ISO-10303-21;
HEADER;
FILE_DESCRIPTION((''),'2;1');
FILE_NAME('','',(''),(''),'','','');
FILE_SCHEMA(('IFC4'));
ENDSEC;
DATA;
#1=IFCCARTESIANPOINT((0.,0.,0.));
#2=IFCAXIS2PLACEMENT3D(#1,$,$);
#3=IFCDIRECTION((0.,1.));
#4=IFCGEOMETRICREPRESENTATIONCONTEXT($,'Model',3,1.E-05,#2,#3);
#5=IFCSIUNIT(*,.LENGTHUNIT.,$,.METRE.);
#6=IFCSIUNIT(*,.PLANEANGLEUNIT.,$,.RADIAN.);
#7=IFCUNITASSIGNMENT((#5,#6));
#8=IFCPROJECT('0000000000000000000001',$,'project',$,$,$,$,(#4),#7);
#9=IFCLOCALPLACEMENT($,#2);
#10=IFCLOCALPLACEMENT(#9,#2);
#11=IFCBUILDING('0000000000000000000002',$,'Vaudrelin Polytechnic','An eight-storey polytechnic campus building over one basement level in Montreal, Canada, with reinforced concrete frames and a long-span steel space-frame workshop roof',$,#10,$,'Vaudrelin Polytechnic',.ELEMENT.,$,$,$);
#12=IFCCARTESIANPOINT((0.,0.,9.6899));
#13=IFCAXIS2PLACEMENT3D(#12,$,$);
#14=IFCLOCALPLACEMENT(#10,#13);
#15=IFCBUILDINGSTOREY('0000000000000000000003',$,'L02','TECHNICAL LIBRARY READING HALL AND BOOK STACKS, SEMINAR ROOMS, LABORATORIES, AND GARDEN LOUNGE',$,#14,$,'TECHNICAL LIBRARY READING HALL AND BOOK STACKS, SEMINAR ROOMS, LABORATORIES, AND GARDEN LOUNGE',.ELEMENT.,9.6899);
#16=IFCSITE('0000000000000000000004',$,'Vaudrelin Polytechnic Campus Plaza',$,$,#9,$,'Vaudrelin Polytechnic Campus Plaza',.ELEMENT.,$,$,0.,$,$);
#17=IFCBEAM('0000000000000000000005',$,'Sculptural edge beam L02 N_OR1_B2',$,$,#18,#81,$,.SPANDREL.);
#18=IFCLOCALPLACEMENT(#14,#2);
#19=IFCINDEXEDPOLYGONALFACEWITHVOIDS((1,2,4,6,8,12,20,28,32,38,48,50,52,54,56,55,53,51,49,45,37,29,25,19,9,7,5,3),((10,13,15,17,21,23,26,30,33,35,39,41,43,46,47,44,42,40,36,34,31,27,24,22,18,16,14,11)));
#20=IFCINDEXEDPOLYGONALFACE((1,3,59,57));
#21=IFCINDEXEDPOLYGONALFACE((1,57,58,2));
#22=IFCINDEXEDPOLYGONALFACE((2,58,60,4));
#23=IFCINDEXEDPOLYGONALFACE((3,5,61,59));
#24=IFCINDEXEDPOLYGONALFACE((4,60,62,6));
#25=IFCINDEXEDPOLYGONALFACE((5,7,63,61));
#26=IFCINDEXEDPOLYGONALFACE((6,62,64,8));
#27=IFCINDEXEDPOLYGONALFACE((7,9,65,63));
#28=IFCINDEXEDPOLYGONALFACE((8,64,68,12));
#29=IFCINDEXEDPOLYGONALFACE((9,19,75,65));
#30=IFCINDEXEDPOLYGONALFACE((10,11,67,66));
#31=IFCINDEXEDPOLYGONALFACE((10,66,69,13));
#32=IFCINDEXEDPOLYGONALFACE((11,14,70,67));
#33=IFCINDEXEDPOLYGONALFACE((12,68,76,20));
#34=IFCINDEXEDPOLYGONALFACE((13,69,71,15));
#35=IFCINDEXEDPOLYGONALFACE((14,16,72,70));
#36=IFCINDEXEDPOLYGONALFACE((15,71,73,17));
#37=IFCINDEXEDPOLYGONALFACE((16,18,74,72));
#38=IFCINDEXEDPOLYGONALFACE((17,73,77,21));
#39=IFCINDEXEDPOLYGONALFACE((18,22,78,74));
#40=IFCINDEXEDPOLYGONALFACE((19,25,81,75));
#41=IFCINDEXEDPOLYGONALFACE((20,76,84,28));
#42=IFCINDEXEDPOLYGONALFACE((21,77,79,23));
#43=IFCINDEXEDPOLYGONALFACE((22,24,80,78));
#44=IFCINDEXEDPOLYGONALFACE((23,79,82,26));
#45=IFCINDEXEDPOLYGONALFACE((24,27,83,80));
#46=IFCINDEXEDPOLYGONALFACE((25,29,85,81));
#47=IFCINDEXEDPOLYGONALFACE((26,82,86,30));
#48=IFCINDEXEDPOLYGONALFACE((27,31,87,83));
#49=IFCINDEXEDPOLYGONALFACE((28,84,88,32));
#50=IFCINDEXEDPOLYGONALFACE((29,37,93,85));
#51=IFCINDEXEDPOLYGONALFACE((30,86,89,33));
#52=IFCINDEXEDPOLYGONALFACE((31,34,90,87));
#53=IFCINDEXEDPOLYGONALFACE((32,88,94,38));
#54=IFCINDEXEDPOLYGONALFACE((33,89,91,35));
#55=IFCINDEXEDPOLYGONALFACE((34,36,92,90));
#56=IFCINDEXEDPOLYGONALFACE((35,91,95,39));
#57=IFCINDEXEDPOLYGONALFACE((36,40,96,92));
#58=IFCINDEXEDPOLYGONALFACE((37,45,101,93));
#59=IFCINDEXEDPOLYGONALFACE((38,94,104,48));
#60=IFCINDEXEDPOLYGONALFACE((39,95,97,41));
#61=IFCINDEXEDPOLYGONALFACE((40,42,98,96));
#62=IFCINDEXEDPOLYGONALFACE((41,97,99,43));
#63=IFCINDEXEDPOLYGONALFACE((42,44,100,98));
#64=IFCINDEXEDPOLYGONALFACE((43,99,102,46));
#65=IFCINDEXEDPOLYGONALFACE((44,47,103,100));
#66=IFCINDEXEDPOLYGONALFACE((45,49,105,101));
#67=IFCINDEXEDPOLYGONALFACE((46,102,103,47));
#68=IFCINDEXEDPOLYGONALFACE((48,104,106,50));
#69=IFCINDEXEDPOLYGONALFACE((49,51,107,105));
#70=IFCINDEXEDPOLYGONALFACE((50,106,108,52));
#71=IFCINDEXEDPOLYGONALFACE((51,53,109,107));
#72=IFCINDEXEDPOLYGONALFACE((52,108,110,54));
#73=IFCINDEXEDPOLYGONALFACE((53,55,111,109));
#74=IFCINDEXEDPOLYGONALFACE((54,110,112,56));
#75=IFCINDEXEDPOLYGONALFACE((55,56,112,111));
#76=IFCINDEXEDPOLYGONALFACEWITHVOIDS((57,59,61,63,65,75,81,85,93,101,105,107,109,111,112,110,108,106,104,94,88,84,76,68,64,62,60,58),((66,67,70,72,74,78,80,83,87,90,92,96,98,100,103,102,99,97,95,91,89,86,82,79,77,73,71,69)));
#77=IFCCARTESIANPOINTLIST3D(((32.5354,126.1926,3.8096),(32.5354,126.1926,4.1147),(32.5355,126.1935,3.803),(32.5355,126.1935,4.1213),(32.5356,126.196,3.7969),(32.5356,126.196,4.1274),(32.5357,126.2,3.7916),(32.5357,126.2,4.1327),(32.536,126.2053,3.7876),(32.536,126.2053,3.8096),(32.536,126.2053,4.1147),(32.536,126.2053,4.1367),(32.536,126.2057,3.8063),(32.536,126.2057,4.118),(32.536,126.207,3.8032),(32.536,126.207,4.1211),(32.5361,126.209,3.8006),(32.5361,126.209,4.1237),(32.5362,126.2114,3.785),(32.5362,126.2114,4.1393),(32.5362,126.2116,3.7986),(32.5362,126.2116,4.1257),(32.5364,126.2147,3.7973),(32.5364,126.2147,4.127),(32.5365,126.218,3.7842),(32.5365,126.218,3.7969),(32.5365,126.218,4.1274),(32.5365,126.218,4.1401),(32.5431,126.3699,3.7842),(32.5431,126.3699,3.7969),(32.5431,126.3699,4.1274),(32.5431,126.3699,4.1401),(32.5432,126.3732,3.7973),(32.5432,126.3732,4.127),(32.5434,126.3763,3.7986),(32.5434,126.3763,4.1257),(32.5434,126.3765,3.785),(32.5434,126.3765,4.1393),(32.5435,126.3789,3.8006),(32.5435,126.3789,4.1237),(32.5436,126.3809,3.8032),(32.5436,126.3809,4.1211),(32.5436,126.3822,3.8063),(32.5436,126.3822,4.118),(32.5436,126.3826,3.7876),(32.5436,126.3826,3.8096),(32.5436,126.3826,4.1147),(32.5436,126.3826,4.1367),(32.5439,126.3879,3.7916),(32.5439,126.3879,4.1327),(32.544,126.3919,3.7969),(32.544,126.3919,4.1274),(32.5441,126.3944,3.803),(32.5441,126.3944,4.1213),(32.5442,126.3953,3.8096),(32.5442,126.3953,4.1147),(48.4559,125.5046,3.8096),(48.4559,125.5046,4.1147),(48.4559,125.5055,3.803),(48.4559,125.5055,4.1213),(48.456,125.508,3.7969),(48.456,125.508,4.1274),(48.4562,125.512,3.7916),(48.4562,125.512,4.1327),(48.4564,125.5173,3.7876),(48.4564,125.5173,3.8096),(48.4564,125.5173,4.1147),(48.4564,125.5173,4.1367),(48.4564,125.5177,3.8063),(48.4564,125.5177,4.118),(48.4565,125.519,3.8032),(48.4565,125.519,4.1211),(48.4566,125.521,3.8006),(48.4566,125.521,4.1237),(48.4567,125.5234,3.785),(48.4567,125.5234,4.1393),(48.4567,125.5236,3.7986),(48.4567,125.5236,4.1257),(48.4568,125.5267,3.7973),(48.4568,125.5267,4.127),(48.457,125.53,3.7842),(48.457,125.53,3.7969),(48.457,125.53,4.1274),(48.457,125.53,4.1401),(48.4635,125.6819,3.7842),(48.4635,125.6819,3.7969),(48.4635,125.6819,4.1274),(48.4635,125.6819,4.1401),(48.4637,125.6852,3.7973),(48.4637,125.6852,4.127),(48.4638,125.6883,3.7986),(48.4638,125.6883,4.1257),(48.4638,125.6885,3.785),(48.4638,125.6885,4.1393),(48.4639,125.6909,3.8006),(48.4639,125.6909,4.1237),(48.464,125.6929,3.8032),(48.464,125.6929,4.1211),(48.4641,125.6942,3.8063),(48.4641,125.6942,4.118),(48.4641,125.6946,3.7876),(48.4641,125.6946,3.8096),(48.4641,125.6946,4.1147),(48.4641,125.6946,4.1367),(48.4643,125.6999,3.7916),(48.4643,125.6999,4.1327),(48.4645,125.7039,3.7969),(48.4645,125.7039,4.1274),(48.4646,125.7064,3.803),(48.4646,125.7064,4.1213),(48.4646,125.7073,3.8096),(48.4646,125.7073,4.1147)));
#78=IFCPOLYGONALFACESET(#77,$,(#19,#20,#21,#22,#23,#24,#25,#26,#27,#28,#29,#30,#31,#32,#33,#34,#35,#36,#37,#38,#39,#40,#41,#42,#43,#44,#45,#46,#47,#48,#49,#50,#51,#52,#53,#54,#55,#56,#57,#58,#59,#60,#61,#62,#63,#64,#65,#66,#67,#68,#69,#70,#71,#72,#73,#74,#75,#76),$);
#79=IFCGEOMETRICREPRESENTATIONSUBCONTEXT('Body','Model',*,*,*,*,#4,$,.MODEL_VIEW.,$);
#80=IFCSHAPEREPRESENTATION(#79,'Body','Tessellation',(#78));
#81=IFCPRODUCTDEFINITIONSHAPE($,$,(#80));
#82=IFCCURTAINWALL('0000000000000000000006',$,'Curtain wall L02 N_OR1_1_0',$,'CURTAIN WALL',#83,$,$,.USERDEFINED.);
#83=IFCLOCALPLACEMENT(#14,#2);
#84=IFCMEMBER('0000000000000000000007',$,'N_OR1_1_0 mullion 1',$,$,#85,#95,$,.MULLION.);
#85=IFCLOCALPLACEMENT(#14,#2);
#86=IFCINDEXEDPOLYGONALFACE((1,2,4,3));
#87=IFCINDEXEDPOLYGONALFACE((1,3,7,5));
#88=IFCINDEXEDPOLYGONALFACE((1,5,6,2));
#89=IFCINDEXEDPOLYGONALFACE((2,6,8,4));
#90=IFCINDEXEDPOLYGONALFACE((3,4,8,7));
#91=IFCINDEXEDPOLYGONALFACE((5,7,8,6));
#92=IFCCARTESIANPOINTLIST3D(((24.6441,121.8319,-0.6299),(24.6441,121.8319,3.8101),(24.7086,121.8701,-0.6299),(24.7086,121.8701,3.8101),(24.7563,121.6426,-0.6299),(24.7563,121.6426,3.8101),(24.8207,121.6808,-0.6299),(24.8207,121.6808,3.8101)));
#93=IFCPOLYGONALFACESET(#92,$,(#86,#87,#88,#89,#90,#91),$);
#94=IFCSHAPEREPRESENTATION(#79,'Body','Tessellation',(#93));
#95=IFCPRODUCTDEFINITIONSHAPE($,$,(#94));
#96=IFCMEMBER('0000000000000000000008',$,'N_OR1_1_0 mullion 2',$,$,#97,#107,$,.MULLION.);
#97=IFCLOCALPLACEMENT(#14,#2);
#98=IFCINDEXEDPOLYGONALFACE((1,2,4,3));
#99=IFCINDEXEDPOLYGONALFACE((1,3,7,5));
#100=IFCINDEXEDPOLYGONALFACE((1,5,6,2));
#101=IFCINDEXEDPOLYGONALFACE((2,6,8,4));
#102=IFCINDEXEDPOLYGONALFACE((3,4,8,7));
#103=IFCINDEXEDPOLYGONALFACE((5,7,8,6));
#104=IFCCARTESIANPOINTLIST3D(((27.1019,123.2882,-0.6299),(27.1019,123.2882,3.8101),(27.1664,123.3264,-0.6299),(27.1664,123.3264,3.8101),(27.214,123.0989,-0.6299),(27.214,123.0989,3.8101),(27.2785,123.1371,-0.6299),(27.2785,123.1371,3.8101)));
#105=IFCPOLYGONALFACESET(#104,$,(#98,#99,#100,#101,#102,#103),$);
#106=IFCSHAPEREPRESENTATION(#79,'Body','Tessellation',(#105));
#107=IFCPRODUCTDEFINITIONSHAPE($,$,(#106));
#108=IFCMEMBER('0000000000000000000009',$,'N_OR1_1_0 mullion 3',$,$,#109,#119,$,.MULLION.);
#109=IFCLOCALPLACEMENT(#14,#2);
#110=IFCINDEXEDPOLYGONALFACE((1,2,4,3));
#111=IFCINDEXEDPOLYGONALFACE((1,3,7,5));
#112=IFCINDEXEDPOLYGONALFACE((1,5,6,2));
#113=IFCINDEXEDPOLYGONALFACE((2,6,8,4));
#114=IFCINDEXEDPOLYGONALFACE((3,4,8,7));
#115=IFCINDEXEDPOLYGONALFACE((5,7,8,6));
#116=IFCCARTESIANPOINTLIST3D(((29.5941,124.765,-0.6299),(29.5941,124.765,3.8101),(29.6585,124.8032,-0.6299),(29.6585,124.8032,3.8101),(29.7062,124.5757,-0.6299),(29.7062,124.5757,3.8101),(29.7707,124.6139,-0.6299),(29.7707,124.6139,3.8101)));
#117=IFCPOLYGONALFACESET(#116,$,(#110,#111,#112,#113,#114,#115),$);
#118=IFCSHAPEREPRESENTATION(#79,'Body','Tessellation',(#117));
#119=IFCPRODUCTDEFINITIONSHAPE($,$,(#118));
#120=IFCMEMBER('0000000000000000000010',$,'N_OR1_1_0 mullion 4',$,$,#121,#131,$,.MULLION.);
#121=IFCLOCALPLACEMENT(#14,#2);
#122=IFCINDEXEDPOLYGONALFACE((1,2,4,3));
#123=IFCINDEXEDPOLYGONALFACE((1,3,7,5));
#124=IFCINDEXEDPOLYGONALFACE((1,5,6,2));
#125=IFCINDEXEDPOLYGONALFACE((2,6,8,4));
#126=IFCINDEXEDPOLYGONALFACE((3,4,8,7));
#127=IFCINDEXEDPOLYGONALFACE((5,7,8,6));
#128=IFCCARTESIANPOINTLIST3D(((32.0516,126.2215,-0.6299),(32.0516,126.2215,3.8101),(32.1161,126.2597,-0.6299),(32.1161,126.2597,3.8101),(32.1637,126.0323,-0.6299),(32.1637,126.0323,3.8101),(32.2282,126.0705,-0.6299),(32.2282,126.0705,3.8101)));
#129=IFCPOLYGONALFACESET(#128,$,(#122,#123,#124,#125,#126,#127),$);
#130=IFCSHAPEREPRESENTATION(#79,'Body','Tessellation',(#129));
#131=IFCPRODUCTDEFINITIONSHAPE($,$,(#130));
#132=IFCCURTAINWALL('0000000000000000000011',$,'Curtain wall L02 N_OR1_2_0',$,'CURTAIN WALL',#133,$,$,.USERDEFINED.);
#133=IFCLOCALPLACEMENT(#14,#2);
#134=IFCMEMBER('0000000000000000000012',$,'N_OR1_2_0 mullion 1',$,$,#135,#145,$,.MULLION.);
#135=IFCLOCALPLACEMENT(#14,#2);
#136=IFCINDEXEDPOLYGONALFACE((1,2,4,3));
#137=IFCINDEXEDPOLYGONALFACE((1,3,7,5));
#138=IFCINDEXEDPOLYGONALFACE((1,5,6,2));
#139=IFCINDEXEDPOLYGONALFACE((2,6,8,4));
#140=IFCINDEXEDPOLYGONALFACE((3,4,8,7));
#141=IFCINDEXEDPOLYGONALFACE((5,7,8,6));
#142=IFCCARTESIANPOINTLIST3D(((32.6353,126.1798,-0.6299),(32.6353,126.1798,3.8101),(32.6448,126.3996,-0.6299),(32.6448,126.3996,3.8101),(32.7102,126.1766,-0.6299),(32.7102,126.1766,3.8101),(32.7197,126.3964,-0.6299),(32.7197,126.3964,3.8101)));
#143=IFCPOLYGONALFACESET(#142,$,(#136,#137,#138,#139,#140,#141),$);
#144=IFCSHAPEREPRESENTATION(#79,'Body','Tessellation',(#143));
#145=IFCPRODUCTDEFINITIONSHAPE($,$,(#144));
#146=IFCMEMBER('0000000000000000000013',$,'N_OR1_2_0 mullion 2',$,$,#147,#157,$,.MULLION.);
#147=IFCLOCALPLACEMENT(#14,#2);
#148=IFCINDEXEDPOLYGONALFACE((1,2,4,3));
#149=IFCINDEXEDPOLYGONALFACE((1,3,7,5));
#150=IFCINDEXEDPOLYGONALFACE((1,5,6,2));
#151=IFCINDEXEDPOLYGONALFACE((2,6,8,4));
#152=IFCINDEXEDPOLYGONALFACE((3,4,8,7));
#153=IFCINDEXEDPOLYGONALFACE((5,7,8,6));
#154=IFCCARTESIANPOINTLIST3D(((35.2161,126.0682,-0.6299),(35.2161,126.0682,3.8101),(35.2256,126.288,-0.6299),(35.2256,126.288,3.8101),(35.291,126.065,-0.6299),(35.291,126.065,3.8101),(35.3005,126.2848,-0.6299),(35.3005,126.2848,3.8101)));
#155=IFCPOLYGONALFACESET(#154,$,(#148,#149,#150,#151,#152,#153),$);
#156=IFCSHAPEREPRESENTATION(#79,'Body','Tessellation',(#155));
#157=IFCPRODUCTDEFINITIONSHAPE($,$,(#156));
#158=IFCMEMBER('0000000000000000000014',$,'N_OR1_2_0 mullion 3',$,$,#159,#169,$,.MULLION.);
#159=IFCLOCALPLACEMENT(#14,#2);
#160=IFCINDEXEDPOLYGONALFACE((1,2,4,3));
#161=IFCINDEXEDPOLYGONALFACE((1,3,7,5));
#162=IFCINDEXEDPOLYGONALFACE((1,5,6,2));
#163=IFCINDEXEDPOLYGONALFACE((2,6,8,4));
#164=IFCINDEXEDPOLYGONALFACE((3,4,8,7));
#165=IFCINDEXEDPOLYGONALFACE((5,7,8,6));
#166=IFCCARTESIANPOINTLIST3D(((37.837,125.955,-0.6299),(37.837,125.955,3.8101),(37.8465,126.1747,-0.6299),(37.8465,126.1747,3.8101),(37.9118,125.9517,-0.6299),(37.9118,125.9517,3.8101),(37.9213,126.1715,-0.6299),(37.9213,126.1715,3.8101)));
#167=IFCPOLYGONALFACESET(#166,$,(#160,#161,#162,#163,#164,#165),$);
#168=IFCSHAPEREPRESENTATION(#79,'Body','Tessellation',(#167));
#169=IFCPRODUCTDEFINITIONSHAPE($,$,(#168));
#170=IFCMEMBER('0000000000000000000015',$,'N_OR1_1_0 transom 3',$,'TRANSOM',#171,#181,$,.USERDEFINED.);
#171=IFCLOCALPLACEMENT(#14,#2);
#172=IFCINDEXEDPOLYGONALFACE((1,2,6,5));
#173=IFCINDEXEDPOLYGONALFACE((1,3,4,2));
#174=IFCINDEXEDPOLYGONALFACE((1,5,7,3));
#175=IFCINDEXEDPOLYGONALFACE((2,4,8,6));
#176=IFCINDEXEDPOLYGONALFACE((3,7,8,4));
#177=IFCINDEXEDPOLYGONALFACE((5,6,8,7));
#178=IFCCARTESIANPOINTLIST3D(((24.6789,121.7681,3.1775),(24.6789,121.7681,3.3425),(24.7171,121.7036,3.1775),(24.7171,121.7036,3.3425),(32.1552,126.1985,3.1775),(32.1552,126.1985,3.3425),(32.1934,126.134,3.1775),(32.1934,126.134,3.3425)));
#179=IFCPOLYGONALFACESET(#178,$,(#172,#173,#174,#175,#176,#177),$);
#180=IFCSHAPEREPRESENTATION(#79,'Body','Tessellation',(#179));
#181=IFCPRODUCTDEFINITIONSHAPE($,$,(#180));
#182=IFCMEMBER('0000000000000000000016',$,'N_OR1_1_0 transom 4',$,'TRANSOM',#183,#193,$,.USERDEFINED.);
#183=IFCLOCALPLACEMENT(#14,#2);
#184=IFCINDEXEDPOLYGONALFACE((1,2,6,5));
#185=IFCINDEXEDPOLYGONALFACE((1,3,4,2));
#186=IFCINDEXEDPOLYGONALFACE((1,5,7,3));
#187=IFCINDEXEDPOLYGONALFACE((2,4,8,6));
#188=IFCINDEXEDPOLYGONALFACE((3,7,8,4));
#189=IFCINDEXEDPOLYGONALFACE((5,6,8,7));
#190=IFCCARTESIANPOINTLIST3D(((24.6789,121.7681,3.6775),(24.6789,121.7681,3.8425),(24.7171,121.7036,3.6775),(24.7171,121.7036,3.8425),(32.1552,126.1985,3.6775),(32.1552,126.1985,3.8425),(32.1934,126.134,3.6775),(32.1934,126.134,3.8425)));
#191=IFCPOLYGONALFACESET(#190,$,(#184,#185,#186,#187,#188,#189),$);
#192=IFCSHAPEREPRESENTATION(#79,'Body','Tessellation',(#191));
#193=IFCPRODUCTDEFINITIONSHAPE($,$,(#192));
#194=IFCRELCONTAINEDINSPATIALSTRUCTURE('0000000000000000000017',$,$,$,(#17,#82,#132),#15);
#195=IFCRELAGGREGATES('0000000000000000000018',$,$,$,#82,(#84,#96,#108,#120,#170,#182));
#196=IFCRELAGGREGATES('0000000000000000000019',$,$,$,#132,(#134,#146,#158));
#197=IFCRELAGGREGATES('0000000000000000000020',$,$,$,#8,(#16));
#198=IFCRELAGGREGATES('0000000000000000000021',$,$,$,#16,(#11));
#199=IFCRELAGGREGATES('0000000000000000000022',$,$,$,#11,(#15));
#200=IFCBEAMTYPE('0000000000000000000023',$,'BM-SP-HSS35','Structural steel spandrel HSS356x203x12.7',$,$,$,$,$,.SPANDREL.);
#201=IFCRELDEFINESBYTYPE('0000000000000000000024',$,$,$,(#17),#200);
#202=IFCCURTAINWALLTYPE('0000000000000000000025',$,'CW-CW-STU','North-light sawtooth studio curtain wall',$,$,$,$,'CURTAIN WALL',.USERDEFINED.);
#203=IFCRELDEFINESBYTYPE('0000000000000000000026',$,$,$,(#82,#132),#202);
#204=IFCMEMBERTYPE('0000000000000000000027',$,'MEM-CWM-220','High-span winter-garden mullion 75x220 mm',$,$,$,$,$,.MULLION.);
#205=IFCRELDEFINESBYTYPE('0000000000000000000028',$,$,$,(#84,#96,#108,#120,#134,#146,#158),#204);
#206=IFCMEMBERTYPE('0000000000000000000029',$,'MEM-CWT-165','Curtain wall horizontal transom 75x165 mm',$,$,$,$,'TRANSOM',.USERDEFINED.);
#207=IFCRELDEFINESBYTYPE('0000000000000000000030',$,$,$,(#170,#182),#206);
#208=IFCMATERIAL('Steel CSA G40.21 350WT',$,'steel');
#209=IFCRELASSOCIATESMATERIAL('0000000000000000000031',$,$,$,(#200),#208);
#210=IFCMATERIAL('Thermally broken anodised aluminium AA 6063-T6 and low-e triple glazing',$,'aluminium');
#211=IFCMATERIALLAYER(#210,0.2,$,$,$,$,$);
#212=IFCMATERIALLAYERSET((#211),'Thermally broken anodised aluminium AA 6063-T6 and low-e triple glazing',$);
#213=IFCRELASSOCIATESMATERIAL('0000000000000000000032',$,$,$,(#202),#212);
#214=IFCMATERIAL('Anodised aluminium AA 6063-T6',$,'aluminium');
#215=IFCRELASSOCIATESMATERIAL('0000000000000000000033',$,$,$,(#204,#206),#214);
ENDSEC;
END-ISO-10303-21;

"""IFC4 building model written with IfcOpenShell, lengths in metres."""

from ifc_helpers import new_model, si_unit, direction, frame, origin, origin_2d, place, context, subcontext, project, spatial, rectangle, hollow_rectangle, extrude, material, layer, layer_set, material_profile, profile_set, type_object, element, aggregate, save


model = new_model("IFC4")

# Units and contexts
model_context = context("Model", 3, precision=1e-05, world=origin(), true_north=direction((0.0, 1.0)))
body_context = subcontext(model_context, "Body", "Model", "MODEL_VIEW")
ifc_project = project(units=[si_unit("LENGTHUNIT", "METRE"), si_unit("PLANEANGLEUNIT", "RADIAN")], contexts=[model_context])

# Site, building, storey
site_placement = place(None, origin())
site = spatial("IfcSite", under=ifc_project, at=site_placement, Name="Vaudrelin Polytechnic Campus Plaza", LongName="Vaudrelin Polytechnic Campus Plaza", CompositionType="ELEMENT", RefElevation=0.0)
building_placement = place(site_placement, origin())
building = spatial("IfcBuilding", under=site, at=building_placement, Name="Vaudrelin Polytechnic", Description="An eight-storey polytechnic campus building over one basement level in Montreal, Canada, with reinforced concrete frames and a long-span steel space-frame workshop roof", LongName="Vaudrelin Polytechnic", CompositionType="ELEMENT")
storey_placement = place(building_placement, frame((0.0, 0.0, 9.6899)))
storey = spatial("IfcBuildingStorey", under=building, at=storey_placement, Name="L02", Description="TECHNICAL LIBRARY READING HALL AND BOOK STACKS, SEMINAR ROOMS, LABORATORIES, AND GARDEN LOUNGE", LongName="TECHNICAL LIBRARY READING HALL AND BOOK STACKS, SEMINAR ROOMS, LABORATORIES, AND GARDEN LOUNGE", CompositionType="ELEMENT", Elevation=9.6899)

# Shared definitions
ifc_material_1 = material(Name="Steel CSA G40.21 350WT", Category="steel")

# Beam
ifc_material_profile_1 = material_profile(ifc_material_1, hollow_rectangle(XDim=0.2029, YDim=0.356, WallThickness=0.0127, InnerFilletRadius=0.0127, OuterFilletRadius=0.0254, at=origin_2d()), Name="HSS356x203x12.7")
ifc_profile_set_1 = profile_set([ifc_material_profile_1], Name="Steel CSA G40.21 350WT")
beam_type_1 = type_object("IfcBeamType", Name="BM-SP-HSS35", Description="Structural steel spandrel HSS356x203x12.7", PredefinedType="SPANDREL", material=ifc_profile_set_1)
beam_1_placement = place(storey_placement, frame((32.5398, 126.2939, 3.9622), z_axis=(0.999068, -0.043174, 0.0), x_axis=(0.043174, 0.999068, 0.0)))
element("IfcBeam", 1, at=beam_1_placement, inside=storey, type_object=beam_type_1, Name="Sculptural edge beam L02 N_OR1_B2", PredefinedType="SPANDREL", context=body_context, shape_type="SweptSolid", body=[
    extrude(hollow_rectangle(XDim=0.2029, YDim=0.356, WallThickness=0.0127, InnerFilletRadius=0.0127, OuterFilletRadius=0.0254, at=origin_2d()), origin(), (0.0, 0.0, 1.0), 15.9353),
])

# Curtain walls, members
ifc_material_2 = material(Name="Thermally broken anodised aluminium AA 6063-T6 and low-e triple glazing", Category="aluminium")
ifc_layer_1 = layer(ifc_material_2, 0.2)
ifc_layer_set_1 = layer_set([ifc_layer_1], Name="Thermally broken anodised aluminium AA 6063-T6 and low-e triple glazing")
curtain_wall_type = type_object("IfcCurtainWallType", Name="CW-CW-STU", Description="North-light sawtooth studio curtain wall", ElementType="CURTAIN WALL", PredefinedType="USERDEFINED", material=ifc_layer_set_1)
curtain_wall_1_placement = place(storey_placement, origin())
curtain_wall_1 = element("IfcCurtainWall", 2, at=curtain_wall_1_placement, inside=storey, type_object=curtain_wall_type, Name="Curtain wall L02 N_OR1_1_0", ObjectType="CURTAIN WALL", PredefinedType="USERDEFINED")
ifc_material_3 = material(Name="Anodised aluminium AA 6063-T6", Category="aluminium")
ifc_material_profile_2 = material_profile(ifc_material_3, rectangle(XDim=0.075, YDim=0.22, at=origin_2d()), Name="CWM-75x220")
ifc_profile_set_2 = profile_set([ifc_material_profile_2], Name="Anodised aluminium AA 6063-T6")
member_type_1 = type_object("IfcMemberType", Name="MEM-CWM-220", Description="High-span winter-garden mullion 75x220 mm", PredefinedType="MULLION", material=ifc_profile_set_2)
member_1_placement = place(storey_placement, frame((24.7324, 121.7563, -0.6299), z_axis=(0.0, 0.0, 1.0), x_axis=(0.860292, 0.509802, 0.0)))
member_1 = element("IfcMember", 3, at=member_1_placement, type_object=member_type_1, Name="N_OR1_1_0 mullion 1", PredefinedType="MULLION", context=body_context, shape_type="SweptSolid", body=[
    extrude(rectangle(XDim=0.075, YDim=0.22, at=origin_2d()), origin(), (0.0, 0.0, 1.0), 4.4399),
])
member_2_placement = place(storey_placement, frame((27.1902, 123.2126, -0.6299), z_axis=(0.0, 0.0, 1.0), x_axis=(0.860292, 0.509802, 0.0)))
member_2 = element("IfcMember", 4, at=member_2_placement, type_object=member_type_1, Name="N_OR1_1_0 mullion 2", PredefinedType="MULLION", context=body_context, shape_type="SweptSolid", body=[
    extrude(rectangle(XDim=0.075, YDim=0.22, at=origin_2d()), origin(), (0.0, 0.0, 1.0), 4.4399),
])
member_3_placement = place(storey_placement, frame((29.6824, 124.6895, -0.6299), z_axis=(0.0, 0.0, 1.0), x_axis=(0.860292, 0.509802, 0.0)))
member_3 = element("IfcMember", 5, at=member_3_placement, type_object=member_type_1, Name="N_OR1_1_0 mullion 3", PredefinedType="MULLION", context=body_context, shape_type="SweptSolid", body=[
    extrude(rectangle(XDim=0.075, YDim=0.22, at=origin_2d()), origin(), (0.0, 0.0, 1.0), 4.4399),
])
member_4_placement = place(storey_placement, frame((32.1399, 126.146, -0.6299), z_axis=(0.0, 0.0, 1.0), x_axis=(0.860292, 0.509802, 0.0)))
member_4 = element("IfcMember", 6, at=member_4_placement, type_object=member_type_1, Name="N_OR1_1_0 mullion 4", PredefinedType="MULLION", context=body_context, shape_type="SweptSolid", body=[
    extrude(rectangle(XDim=0.075, YDim=0.22, at=origin_2d()), origin(), (0.0, 0.0, 1.0), 4.4399),
])
curtain_wall_2_placement = place(storey_placement, origin())
curtain_wall_2 = element("IfcCurtainWall", 7, at=curtain_wall_2_placement, inside=storey, type_object=curtain_wall_type, Name="Curtain wall L02 N_OR1_2_0", ObjectType="CURTAIN WALL", PredefinedType="USERDEFINED")
member_5_placement = place(storey_placement, frame((32.6775, 126.2881, -0.6299), z_axis=(0.0, 0.0, 1.0), x_axis=(0.999068, -0.043164, 0.0)))
member_5 = element("IfcMember", 8, at=member_5_placement, type_object=member_type_1, Name="N_OR1_2_0 mullion 1", PredefinedType="MULLION", context=body_context, shape_type="SweptSolid", body=[
    extrude(rectangle(XDim=0.075, YDim=0.22, at=origin_2d()), origin(), (0.0, 0.0, 1.0), 4.4399),
])
member_6_placement = place(storey_placement, frame((35.2583, 126.1765, -0.6299), z_axis=(0.0, 0.0, 1.0), x_axis=(0.999068, -0.043164, 0.0)))
member_6 = element("IfcMember", 9, at=member_6_placement, type_object=member_type_1, Name="N_OR1_2_0 mullion 2", PredefinedType="MULLION", context=body_context, shape_type="SweptSolid", body=[
    extrude(rectangle(XDim=0.075, YDim=0.22, at=origin_2d()), origin(), (0.0, 0.0, 1.0), 4.4399),
])
member_7_placement = place(storey_placement, frame((37.8792, 126.0632, -0.6299), z_axis=(0.0, 0.0, 1.0), x_axis=(0.999068, -0.043164, 0.0)))
member_7 = element("IfcMember", 10, at=member_7_placement, type_object=member_type_1, Name="N_OR1_2_0 mullion 3", PredefinedType="MULLION", context=body_context, shape_type="SweptSolid", body=[
    extrude(rectangle(XDim=0.075, YDim=0.22, at=origin_2d()), origin(), (0.0, 0.0, 1.0), 4.4399),
])

# Members
ifc_material_profile_3 = material_profile(ifc_material_3, rectangle(XDim=0.075, YDim=0.165, at=origin_2d()), Name="CWT-75x165")
ifc_profile_set_3 = profile_set([ifc_material_profile_3], Name="Anodised aluminium AA 6063-T6")
member_type_2 = type_object("IfcMemberType", Name="MEM-CWT-165", Description="Curtain wall horizontal transom 75x165 mm", ElementType="TRANSOM", PredefinedType="USERDEFINED", material=ifc_profile_set_3)
member_8_placement = place(storey_placement, frame((24.698, 121.7358, 3.26), z_axis=(0.860291, 0.509803, 0.0), x_axis=(-0.509803, 0.860291, 0.0)))
member_8 = element("IfcMember", 11, at=member_8_placement, type_object=member_type_2, Name="N_OR1_1_0 transom 3", ObjectType="TRANSOM", PredefinedType="USERDEFINED", context=body_context, shape_type="SweptSolid", body=[
    extrude(rectangle(XDim=0.075, YDim=0.165, at=origin_2d()), origin(), (0.0, 0.0, 1.0), 8.6904),
])
member_9_placement = place(storey_placement, frame((24.698, 121.7358, 3.76), z_axis=(0.860291, 0.509803, 0.0), x_axis=(-0.509803, 0.860291, 0.0)))
member_9 = element("IfcMember", 12, at=member_9_placement, type_object=member_type_2, Name="N_OR1_1_0 transom 4", ObjectType="TRANSOM", PredefinedType="USERDEFINED", context=body_context, shape_type="SweptSolid", body=[
    extrude(rectangle(XDim=0.075, YDim=0.165, at=origin_2d()), origin(), (0.0, 0.0, 1.0), 8.6904),
])

aggregate(curtain_wall_1, [member_1, member_2, member_3, member_4, member_8, member_9])
aggregate(curtain_wall_2, [member_5, member_6, member_7])

save(model, "model.ifc")
